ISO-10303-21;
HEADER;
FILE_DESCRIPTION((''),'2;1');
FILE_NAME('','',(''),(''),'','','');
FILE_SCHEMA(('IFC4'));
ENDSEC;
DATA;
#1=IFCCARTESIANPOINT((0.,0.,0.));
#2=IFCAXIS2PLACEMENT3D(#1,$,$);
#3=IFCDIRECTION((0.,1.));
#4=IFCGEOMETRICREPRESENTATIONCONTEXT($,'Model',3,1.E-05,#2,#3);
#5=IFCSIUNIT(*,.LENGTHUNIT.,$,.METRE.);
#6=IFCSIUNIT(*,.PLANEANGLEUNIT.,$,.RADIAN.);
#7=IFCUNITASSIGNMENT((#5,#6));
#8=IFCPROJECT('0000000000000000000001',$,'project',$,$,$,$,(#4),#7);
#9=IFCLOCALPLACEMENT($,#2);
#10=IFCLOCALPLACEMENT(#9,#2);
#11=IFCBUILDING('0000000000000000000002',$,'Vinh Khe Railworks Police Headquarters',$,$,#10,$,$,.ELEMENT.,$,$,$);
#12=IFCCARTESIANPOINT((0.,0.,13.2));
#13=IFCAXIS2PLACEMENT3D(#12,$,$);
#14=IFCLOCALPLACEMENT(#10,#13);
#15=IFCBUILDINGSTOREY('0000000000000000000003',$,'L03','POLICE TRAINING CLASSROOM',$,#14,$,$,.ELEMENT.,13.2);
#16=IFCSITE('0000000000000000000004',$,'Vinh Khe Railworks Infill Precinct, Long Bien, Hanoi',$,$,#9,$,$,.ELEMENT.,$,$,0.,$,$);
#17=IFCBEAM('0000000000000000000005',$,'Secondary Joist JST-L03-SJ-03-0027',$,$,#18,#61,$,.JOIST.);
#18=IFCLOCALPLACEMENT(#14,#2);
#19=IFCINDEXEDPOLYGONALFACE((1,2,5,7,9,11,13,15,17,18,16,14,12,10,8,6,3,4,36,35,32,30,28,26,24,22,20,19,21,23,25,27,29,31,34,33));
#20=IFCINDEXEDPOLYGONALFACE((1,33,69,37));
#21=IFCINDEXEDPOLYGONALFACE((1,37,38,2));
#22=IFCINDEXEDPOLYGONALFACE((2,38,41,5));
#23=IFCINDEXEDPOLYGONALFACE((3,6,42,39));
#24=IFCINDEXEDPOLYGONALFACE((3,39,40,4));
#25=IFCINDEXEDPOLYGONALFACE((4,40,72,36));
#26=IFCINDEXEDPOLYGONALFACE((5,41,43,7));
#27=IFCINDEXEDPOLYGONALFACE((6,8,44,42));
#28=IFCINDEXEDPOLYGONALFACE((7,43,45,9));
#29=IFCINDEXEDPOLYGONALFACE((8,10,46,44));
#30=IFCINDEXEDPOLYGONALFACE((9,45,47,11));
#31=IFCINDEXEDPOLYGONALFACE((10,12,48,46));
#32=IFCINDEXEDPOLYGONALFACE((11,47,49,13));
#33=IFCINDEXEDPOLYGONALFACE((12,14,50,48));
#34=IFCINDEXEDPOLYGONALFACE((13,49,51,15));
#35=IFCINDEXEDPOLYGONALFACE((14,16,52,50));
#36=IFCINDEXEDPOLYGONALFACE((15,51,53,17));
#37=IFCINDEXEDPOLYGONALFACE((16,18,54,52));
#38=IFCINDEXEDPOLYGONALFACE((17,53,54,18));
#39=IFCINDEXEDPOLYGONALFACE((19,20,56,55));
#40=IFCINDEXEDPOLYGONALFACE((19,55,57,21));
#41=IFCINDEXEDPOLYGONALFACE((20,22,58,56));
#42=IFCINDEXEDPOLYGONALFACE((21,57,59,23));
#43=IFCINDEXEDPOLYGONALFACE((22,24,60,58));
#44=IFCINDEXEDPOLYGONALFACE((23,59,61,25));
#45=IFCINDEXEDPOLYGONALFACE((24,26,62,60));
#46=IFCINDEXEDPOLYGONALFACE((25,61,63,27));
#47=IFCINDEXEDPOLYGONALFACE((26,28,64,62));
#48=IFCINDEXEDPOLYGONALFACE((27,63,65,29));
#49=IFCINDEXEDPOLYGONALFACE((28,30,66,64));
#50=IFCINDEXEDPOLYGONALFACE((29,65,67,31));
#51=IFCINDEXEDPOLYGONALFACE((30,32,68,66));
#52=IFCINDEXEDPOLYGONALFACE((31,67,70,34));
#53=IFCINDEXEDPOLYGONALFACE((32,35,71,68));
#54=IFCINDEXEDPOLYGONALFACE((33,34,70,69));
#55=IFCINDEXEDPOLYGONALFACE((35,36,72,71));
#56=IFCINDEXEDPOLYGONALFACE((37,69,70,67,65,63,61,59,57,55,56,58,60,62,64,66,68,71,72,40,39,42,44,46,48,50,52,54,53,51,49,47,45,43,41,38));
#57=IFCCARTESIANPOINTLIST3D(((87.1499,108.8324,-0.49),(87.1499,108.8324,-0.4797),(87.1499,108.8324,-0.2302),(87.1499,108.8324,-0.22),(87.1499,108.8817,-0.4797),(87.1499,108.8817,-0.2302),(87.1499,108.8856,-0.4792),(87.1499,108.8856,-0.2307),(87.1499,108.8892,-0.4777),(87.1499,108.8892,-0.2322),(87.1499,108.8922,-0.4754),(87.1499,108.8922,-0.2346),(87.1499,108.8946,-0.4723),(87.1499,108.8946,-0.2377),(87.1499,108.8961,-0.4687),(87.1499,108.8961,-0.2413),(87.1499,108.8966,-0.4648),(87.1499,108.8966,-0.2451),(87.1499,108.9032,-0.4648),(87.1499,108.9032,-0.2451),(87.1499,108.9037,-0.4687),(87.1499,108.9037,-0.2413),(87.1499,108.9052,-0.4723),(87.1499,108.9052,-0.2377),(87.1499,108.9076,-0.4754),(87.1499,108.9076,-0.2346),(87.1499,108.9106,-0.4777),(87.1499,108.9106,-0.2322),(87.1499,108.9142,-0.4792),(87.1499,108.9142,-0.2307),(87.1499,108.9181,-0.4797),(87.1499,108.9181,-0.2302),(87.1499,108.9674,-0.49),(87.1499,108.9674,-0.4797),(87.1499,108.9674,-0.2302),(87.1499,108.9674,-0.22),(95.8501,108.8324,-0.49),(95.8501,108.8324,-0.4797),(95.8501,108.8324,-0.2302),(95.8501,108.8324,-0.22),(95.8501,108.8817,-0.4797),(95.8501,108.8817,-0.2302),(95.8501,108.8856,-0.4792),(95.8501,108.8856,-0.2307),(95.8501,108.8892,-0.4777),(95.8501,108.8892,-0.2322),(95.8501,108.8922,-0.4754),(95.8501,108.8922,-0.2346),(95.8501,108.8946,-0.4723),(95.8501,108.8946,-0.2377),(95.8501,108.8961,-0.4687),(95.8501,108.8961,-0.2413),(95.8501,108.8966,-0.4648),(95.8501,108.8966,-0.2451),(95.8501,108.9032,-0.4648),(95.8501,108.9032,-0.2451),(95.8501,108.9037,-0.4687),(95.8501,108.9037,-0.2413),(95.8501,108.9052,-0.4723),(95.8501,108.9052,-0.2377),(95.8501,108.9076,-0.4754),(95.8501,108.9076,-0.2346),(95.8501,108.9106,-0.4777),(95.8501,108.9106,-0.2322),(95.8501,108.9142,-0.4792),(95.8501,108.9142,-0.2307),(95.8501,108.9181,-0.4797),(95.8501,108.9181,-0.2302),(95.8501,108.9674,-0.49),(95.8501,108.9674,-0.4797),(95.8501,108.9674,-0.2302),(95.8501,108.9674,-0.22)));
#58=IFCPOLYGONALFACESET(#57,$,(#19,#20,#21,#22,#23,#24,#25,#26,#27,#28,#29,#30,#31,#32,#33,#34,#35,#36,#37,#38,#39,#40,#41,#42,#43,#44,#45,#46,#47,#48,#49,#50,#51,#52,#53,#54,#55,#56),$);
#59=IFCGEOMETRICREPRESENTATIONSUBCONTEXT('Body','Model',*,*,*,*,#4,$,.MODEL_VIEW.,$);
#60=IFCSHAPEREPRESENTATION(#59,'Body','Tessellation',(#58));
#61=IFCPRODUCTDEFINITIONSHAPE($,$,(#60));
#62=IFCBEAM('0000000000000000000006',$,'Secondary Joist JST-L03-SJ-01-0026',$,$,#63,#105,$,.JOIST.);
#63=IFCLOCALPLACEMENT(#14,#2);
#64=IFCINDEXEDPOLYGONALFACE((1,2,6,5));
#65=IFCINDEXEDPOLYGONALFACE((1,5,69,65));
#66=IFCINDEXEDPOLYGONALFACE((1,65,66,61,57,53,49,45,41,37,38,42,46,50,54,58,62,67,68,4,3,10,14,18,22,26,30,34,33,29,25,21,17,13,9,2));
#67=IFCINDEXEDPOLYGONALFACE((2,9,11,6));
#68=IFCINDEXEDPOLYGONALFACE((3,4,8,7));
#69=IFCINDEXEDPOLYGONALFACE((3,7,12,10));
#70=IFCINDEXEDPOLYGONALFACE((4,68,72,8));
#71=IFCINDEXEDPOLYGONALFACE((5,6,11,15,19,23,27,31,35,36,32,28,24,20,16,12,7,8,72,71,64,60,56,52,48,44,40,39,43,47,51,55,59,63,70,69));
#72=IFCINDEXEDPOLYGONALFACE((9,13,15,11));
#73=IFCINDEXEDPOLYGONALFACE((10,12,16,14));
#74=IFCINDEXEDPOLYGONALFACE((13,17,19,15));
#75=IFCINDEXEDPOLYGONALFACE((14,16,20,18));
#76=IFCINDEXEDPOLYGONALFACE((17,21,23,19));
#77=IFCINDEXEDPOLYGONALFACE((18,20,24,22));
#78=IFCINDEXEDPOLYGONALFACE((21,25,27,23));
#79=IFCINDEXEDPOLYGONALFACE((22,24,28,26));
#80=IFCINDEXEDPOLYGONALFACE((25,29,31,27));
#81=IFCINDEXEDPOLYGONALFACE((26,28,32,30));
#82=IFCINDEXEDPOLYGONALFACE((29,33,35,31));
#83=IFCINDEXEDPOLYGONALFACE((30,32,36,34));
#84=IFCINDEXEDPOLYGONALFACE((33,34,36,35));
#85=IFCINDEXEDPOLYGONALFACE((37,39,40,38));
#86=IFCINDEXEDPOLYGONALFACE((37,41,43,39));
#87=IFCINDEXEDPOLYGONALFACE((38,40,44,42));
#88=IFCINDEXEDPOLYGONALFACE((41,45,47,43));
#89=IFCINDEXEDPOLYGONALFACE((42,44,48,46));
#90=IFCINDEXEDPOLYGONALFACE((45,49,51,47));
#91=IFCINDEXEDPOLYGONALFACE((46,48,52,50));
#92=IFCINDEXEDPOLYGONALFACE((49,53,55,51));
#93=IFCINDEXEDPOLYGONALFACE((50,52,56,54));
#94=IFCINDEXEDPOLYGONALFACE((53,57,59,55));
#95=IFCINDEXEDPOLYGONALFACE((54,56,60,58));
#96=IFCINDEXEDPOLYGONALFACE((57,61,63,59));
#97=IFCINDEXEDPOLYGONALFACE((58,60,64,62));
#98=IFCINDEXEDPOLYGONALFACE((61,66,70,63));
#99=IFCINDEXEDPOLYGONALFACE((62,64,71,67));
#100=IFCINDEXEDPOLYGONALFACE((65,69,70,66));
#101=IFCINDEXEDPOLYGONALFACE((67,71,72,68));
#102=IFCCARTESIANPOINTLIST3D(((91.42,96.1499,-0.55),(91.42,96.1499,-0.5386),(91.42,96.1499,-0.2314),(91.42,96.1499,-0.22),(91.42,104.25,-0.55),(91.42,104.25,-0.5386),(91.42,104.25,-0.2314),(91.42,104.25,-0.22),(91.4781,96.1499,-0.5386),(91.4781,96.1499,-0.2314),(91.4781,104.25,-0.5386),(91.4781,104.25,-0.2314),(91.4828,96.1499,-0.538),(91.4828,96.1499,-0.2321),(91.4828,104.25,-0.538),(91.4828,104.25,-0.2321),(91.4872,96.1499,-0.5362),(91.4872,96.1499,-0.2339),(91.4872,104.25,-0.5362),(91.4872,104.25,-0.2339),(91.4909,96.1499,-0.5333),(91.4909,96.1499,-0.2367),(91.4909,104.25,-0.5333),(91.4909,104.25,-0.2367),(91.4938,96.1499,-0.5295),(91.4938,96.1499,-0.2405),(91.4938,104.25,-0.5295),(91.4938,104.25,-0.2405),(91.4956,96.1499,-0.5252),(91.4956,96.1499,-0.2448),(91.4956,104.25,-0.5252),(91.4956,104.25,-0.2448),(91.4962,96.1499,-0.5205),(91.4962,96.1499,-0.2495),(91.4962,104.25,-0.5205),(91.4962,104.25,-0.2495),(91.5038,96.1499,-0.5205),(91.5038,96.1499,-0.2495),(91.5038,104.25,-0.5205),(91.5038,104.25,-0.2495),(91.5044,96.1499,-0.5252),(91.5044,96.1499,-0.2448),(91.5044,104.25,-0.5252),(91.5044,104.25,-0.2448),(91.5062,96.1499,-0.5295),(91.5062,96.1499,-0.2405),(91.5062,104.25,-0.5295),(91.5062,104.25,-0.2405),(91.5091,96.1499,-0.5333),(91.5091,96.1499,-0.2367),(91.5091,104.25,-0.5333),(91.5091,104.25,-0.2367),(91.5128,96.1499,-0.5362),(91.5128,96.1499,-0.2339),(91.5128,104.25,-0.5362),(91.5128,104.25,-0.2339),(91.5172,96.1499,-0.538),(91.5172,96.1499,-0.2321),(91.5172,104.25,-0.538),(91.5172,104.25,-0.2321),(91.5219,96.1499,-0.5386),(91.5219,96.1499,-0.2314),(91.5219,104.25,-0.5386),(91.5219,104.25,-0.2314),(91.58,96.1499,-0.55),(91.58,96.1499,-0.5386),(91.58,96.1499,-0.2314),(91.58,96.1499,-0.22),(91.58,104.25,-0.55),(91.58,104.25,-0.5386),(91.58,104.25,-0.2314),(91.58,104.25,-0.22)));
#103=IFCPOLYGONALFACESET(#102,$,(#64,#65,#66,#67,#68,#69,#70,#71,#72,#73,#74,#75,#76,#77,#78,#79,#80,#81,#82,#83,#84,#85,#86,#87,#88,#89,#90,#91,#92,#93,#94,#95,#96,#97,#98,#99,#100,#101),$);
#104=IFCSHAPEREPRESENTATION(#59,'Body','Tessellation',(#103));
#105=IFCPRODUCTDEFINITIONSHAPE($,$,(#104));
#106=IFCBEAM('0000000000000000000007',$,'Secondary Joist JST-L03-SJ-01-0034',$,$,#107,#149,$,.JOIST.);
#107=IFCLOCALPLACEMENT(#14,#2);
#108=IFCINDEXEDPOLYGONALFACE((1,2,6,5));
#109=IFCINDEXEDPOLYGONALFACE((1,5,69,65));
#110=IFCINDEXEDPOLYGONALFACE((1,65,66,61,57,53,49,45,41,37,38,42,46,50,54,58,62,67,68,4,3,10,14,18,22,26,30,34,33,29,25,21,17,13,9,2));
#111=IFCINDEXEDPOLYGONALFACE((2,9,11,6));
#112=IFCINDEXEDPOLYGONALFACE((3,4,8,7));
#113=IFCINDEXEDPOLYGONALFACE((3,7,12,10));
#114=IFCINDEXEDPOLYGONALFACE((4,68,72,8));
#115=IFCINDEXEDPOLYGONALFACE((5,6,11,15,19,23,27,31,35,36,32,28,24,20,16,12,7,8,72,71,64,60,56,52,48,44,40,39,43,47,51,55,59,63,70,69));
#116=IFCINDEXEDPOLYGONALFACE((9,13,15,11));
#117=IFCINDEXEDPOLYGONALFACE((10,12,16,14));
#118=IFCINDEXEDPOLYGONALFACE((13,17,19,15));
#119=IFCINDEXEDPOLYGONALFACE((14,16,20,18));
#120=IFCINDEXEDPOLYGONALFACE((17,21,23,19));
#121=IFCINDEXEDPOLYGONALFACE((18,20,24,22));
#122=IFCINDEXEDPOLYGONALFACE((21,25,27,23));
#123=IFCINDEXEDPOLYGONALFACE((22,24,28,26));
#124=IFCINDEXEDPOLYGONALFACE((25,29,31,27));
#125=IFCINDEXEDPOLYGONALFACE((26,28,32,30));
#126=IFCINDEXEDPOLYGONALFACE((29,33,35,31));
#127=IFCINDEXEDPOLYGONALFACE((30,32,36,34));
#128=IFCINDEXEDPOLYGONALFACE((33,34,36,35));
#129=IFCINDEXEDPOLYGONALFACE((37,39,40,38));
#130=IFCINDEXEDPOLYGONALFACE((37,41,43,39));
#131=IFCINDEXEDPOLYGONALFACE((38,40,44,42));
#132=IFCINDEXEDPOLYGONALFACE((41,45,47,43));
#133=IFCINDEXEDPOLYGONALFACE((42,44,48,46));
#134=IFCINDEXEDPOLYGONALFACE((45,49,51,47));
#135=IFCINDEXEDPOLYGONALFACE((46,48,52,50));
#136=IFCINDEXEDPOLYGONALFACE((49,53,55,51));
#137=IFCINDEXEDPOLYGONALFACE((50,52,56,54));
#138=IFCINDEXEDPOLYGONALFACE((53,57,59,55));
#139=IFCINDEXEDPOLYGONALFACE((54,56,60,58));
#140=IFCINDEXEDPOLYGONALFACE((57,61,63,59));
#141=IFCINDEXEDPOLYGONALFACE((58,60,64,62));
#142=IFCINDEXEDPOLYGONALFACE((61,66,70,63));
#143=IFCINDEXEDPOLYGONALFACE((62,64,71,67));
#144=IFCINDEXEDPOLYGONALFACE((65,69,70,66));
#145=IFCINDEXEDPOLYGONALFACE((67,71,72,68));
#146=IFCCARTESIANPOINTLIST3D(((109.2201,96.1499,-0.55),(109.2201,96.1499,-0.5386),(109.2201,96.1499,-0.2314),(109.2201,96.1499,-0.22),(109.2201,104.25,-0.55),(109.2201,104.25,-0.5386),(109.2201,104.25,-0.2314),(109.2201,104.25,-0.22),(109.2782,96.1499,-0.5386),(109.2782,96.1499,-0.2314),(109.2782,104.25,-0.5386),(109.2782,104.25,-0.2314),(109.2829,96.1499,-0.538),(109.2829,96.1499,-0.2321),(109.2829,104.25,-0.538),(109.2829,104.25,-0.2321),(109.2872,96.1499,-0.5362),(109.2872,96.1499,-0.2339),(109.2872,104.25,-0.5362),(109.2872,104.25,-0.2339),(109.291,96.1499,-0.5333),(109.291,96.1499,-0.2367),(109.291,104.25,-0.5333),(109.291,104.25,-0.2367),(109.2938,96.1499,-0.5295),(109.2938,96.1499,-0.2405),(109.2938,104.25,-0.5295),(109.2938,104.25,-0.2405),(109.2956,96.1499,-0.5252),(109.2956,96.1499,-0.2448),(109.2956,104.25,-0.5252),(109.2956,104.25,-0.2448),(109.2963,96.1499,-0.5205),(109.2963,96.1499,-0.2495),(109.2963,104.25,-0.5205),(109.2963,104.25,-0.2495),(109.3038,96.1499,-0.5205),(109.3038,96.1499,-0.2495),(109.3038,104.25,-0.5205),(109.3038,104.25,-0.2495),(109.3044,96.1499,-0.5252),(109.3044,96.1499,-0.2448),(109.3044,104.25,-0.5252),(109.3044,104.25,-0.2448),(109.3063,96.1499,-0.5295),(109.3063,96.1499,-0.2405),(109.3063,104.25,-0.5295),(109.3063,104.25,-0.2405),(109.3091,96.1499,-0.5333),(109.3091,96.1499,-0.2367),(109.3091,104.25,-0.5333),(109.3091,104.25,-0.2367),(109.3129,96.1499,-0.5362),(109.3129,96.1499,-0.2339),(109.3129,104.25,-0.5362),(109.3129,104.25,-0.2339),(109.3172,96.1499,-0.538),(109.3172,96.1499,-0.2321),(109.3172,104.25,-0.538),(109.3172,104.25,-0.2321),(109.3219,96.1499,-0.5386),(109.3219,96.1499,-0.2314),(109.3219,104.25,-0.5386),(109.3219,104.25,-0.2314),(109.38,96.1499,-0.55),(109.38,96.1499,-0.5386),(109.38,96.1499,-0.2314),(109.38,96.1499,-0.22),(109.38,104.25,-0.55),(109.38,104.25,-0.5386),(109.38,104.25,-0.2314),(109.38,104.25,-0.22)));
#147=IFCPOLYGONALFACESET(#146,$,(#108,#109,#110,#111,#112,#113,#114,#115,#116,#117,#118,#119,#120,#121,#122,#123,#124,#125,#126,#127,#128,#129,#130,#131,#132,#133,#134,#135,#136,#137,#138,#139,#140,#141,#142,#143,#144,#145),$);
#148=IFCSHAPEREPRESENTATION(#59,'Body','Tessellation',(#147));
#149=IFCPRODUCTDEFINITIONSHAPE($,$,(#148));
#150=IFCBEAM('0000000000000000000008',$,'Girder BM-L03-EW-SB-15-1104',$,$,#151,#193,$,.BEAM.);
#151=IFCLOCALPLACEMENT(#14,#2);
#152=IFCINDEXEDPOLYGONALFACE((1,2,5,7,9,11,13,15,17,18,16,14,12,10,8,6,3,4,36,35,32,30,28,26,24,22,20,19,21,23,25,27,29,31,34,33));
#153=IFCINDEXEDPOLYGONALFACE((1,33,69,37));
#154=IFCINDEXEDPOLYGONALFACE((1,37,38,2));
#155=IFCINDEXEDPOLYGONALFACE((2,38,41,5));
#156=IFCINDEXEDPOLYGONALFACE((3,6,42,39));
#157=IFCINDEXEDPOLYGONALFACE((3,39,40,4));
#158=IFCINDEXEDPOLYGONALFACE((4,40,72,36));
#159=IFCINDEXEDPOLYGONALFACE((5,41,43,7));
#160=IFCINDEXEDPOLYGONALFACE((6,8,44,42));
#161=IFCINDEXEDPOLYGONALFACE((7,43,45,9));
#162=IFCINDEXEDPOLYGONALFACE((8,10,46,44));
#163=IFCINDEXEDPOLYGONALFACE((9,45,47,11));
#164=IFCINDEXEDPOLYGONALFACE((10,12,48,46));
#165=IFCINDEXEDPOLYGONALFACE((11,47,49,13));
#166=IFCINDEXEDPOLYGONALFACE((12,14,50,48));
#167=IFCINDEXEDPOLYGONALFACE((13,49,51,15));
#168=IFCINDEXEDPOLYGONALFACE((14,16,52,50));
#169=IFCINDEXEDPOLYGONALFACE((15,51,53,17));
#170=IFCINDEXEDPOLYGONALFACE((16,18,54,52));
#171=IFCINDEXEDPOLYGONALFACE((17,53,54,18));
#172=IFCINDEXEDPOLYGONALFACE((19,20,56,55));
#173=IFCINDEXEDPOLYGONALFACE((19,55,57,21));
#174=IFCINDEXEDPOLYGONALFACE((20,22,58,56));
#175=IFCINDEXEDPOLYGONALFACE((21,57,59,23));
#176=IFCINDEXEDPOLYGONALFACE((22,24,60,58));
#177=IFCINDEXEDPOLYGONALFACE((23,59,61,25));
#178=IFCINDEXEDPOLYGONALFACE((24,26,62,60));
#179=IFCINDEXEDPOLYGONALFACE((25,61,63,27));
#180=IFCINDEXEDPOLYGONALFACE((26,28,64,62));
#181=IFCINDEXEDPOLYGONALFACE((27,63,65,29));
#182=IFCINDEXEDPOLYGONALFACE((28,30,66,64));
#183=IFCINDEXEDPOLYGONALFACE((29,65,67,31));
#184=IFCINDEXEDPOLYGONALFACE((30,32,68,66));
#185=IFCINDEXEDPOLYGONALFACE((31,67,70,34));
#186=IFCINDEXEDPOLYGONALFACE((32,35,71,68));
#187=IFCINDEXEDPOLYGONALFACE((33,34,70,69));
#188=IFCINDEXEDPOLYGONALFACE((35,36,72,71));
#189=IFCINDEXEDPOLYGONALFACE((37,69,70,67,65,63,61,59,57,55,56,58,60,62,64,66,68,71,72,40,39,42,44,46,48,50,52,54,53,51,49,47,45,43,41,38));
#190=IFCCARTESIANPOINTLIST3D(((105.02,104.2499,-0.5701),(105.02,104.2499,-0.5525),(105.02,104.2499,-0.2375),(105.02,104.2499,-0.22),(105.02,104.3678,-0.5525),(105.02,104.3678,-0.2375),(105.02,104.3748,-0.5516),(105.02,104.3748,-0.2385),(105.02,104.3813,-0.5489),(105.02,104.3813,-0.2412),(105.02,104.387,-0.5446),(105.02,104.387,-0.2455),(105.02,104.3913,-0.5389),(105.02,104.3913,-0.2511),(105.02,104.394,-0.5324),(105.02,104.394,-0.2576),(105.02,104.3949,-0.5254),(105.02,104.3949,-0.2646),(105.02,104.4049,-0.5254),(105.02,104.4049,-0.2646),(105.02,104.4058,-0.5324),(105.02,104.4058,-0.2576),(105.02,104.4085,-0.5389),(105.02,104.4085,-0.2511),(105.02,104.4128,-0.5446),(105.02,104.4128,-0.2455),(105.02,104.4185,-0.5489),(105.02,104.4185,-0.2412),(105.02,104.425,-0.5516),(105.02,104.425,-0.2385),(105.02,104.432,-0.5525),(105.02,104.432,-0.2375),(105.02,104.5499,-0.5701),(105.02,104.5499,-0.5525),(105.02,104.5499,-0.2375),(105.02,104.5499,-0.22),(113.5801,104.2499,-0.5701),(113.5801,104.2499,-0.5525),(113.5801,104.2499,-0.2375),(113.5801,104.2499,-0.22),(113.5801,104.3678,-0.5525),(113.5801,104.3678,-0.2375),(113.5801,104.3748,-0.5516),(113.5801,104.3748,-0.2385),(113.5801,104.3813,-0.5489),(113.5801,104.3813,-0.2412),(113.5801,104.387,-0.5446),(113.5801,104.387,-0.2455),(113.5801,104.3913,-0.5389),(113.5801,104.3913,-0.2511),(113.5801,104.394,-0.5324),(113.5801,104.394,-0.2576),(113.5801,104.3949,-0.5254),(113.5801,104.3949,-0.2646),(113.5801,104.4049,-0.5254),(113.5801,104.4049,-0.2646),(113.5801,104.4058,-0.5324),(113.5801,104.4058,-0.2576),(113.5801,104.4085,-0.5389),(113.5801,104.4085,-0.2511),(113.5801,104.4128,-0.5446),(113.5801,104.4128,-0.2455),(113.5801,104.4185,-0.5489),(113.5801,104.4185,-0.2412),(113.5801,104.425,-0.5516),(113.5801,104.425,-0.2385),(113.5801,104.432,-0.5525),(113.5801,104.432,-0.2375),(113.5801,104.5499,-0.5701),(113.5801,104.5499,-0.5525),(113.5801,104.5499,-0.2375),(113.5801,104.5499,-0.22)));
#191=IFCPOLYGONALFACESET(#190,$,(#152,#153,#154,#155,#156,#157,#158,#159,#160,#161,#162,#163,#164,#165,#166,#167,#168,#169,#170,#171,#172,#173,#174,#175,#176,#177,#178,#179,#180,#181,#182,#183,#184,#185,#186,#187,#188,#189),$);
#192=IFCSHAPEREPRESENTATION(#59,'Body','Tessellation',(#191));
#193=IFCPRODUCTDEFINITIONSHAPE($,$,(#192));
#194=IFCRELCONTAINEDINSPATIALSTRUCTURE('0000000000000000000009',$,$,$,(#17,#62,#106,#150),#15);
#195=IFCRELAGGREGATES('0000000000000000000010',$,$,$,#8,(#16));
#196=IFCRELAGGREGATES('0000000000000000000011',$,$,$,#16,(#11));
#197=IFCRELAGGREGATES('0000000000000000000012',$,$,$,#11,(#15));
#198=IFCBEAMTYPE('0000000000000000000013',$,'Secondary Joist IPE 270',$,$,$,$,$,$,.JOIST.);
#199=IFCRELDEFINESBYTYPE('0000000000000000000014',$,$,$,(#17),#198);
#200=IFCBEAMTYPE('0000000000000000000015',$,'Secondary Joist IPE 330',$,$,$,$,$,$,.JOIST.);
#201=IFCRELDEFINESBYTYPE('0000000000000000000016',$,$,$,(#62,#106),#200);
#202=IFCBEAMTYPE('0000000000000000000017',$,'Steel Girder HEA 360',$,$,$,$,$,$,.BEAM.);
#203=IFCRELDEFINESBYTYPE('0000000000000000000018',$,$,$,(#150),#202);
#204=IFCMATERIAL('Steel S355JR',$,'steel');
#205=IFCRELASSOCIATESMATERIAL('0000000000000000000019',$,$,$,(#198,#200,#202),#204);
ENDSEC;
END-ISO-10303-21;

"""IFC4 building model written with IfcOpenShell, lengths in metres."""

from ifc_helpers import new_model, si_unit, direction, frame, origin, origin_2d, place, context, subcontext, project, spatial, i_section, extrude, material, material_profile, profile_set, type_object, element, save


model = new_model("IFC4")

# Units and contexts
model_context = context("Model", 3, precision=1e-05, world=origin(), true_north=direction((0.0, 1.0)))
body_context = subcontext(model_context, "Body", "Model", "MODEL_VIEW")
ifc_project = project(units=[si_unit("LENGTHUNIT", "METRE"), si_unit("PLANEANGLEUNIT", "RADIAN")], contexts=[model_context])

# Site, building, storey
site_placement = place(None, origin())
site = spatial("IfcSite", under=ifc_project, at=site_placement, Name="Vinh Khe Railworks Infill Precinct, Long Bien, Hanoi", CompositionType="ELEMENT", RefElevation=0.0)
building_placement = place(site_placement, origin())
building = spatial("IfcBuilding", under=site, at=building_placement, Name="Vinh Khe Railworks Police Headquarters", CompositionType="ELEMENT")
storey_placement = place(building_placement, frame((0.0, 0.0, 13.2)))
storey = spatial("IfcBuildingStorey", under=building, at=storey_placement, Name="L03", Description="POLICE TRAINING CLASSROOM", CompositionType="ELEMENT", Elevation=13.2)

# Beams
ifc_material_1 = material(Name="Steel S355JR", Category="steel")
ifc_material_profile_1 = material_profile(ifc_material_1, i_section(OverallWidth=0.135, OverallDepth=0.27, WebThickness=0.0066, FlangeThickness=0.0103, FilletRadius=0.0149, at=origin_2d()), Name="IPE 270")
ifc_profile_set_1 = profile_set([ifc_material_profile_1], Name="Steel S355JR")
beam_type_1 = type_object("IfcBeamType", Name="Secondary Joist IPE 270", PredefinedType="JOIST", material=ifc_profile_set_1)
beam_1_placement = place(storey_placement, frame((87.1499, 108.8999, -0.355), z_axis=(1.0, 0.0, 0.0), x_axis=(0.0, 1.0, 0.0)))
element("IfcBeam", 1, at=beam_1_placement, inside=storey, type_object=beam_type_1, Name="Secondary Joist JST-L03-SJ-03-0027", PredefinedType="JOIST", context=body_context, shape_type="SweptSolid", body=[
    extrude(i_section(OverallWidth=0.135, OverallDepth=0.27, WebThickness=0.0066, FlangeThickness=0.0103, FilletRadius=0.0149, at=origin_2d()), origin(), (0.0, 0.0, 1.0), 8.7002),
])
ifc_material_profile_2 = material_profile(ifc_material_1, i_section(OverallWidth=0.1599, OverallDepth=0.3301, WebThickness=0.0076, FlangeThickness=0.0115, FilletRadius=0.0181, at=origin_2d()), Name="IPE 330")
ifc_profile_set_2 = profile_set([ifc_material_profile_2], Name="Steel S355JR")
beam_type_2 = type_object("IfcBeamType", Name="Secondary Joist IPE 330", PredefinedType="JOIST", material=ifc_profile_set_2)
for number, where, z_axis, x_axis, name in (
    (2, (91.5, 96.1499, -0.385), (0.0, 1.0, 0.0), (-1.0, 0.0, 0.0), "Secondary Joist JST-L03-SJ-01-0026"),
    (3, (109.3, 96.1499, -0.385), (0.0, 1.0, 0.0), (-1.0, 0.0, 0.0), "Secondary Joist JST-L03-SJ-01-0034"),
):
    element("IfcBeam", number, at=place(storey_placement, frame(where, z_axis=z_axis, x_axis=x_axis)), inside=storey, type_object=beam_type_2, Name=name, PredefinedType="JOIST", context=body_context, shape_type="SweptSolid", body=[
        extrude(i_section(OverallWidth=0.1599, OverallDepth=0.3301, WebThickness=0.0076, FlangeThickness=0.0115, FilletRadius=0.0181, at=origin_2d()), origin(), (0.0, 0.0, 1.0), 8.1001),
    ])
ifc_material_profile_3 = material_profile(ifc_material_1, i_section(OverallWidth=0.3, OverallDepth=0.3501, WebThickness=0.01, FlangeThickness=0.0176, FilletRadius=0.0271, at=origin_2d()), Name="HEA 360")
ifc_profile_set_3 = profile_set([ifc_material_profile_3], Name="Steel S355JR")
beam_type_3 = type_object("IfcBeamType", Name="Steel Girder HEA 360", PredefinedType="BEAM", material=ifc_profile_set_3)
beam_2_placement = place(storey_placement, frame((105.02, 104.3999, -0.395), z_axis=(1.0, 0.0, 0.0), x_axis=(0.0, 1.0, 0.0)))
element("IfcBeam", 4, at=beam_2_placement, inside=storey, type_object=beam_type_3, Name="Girder BM-L03-EW-SB-15-1104", PredefinedType="BEAM", context=body_context, shape_type="SweptSolid", body=[
    extrude(i_section(OverallWidth=0.3, OverallDepth=0.3501, WebThickness=0.01, FlangeThickness=0.0176, FilletRadius=0.0271, at=origin_2d()), origin(), (0.0, 0.0, 1.0), 8.5601),
])

save(model, "model.ifc")
